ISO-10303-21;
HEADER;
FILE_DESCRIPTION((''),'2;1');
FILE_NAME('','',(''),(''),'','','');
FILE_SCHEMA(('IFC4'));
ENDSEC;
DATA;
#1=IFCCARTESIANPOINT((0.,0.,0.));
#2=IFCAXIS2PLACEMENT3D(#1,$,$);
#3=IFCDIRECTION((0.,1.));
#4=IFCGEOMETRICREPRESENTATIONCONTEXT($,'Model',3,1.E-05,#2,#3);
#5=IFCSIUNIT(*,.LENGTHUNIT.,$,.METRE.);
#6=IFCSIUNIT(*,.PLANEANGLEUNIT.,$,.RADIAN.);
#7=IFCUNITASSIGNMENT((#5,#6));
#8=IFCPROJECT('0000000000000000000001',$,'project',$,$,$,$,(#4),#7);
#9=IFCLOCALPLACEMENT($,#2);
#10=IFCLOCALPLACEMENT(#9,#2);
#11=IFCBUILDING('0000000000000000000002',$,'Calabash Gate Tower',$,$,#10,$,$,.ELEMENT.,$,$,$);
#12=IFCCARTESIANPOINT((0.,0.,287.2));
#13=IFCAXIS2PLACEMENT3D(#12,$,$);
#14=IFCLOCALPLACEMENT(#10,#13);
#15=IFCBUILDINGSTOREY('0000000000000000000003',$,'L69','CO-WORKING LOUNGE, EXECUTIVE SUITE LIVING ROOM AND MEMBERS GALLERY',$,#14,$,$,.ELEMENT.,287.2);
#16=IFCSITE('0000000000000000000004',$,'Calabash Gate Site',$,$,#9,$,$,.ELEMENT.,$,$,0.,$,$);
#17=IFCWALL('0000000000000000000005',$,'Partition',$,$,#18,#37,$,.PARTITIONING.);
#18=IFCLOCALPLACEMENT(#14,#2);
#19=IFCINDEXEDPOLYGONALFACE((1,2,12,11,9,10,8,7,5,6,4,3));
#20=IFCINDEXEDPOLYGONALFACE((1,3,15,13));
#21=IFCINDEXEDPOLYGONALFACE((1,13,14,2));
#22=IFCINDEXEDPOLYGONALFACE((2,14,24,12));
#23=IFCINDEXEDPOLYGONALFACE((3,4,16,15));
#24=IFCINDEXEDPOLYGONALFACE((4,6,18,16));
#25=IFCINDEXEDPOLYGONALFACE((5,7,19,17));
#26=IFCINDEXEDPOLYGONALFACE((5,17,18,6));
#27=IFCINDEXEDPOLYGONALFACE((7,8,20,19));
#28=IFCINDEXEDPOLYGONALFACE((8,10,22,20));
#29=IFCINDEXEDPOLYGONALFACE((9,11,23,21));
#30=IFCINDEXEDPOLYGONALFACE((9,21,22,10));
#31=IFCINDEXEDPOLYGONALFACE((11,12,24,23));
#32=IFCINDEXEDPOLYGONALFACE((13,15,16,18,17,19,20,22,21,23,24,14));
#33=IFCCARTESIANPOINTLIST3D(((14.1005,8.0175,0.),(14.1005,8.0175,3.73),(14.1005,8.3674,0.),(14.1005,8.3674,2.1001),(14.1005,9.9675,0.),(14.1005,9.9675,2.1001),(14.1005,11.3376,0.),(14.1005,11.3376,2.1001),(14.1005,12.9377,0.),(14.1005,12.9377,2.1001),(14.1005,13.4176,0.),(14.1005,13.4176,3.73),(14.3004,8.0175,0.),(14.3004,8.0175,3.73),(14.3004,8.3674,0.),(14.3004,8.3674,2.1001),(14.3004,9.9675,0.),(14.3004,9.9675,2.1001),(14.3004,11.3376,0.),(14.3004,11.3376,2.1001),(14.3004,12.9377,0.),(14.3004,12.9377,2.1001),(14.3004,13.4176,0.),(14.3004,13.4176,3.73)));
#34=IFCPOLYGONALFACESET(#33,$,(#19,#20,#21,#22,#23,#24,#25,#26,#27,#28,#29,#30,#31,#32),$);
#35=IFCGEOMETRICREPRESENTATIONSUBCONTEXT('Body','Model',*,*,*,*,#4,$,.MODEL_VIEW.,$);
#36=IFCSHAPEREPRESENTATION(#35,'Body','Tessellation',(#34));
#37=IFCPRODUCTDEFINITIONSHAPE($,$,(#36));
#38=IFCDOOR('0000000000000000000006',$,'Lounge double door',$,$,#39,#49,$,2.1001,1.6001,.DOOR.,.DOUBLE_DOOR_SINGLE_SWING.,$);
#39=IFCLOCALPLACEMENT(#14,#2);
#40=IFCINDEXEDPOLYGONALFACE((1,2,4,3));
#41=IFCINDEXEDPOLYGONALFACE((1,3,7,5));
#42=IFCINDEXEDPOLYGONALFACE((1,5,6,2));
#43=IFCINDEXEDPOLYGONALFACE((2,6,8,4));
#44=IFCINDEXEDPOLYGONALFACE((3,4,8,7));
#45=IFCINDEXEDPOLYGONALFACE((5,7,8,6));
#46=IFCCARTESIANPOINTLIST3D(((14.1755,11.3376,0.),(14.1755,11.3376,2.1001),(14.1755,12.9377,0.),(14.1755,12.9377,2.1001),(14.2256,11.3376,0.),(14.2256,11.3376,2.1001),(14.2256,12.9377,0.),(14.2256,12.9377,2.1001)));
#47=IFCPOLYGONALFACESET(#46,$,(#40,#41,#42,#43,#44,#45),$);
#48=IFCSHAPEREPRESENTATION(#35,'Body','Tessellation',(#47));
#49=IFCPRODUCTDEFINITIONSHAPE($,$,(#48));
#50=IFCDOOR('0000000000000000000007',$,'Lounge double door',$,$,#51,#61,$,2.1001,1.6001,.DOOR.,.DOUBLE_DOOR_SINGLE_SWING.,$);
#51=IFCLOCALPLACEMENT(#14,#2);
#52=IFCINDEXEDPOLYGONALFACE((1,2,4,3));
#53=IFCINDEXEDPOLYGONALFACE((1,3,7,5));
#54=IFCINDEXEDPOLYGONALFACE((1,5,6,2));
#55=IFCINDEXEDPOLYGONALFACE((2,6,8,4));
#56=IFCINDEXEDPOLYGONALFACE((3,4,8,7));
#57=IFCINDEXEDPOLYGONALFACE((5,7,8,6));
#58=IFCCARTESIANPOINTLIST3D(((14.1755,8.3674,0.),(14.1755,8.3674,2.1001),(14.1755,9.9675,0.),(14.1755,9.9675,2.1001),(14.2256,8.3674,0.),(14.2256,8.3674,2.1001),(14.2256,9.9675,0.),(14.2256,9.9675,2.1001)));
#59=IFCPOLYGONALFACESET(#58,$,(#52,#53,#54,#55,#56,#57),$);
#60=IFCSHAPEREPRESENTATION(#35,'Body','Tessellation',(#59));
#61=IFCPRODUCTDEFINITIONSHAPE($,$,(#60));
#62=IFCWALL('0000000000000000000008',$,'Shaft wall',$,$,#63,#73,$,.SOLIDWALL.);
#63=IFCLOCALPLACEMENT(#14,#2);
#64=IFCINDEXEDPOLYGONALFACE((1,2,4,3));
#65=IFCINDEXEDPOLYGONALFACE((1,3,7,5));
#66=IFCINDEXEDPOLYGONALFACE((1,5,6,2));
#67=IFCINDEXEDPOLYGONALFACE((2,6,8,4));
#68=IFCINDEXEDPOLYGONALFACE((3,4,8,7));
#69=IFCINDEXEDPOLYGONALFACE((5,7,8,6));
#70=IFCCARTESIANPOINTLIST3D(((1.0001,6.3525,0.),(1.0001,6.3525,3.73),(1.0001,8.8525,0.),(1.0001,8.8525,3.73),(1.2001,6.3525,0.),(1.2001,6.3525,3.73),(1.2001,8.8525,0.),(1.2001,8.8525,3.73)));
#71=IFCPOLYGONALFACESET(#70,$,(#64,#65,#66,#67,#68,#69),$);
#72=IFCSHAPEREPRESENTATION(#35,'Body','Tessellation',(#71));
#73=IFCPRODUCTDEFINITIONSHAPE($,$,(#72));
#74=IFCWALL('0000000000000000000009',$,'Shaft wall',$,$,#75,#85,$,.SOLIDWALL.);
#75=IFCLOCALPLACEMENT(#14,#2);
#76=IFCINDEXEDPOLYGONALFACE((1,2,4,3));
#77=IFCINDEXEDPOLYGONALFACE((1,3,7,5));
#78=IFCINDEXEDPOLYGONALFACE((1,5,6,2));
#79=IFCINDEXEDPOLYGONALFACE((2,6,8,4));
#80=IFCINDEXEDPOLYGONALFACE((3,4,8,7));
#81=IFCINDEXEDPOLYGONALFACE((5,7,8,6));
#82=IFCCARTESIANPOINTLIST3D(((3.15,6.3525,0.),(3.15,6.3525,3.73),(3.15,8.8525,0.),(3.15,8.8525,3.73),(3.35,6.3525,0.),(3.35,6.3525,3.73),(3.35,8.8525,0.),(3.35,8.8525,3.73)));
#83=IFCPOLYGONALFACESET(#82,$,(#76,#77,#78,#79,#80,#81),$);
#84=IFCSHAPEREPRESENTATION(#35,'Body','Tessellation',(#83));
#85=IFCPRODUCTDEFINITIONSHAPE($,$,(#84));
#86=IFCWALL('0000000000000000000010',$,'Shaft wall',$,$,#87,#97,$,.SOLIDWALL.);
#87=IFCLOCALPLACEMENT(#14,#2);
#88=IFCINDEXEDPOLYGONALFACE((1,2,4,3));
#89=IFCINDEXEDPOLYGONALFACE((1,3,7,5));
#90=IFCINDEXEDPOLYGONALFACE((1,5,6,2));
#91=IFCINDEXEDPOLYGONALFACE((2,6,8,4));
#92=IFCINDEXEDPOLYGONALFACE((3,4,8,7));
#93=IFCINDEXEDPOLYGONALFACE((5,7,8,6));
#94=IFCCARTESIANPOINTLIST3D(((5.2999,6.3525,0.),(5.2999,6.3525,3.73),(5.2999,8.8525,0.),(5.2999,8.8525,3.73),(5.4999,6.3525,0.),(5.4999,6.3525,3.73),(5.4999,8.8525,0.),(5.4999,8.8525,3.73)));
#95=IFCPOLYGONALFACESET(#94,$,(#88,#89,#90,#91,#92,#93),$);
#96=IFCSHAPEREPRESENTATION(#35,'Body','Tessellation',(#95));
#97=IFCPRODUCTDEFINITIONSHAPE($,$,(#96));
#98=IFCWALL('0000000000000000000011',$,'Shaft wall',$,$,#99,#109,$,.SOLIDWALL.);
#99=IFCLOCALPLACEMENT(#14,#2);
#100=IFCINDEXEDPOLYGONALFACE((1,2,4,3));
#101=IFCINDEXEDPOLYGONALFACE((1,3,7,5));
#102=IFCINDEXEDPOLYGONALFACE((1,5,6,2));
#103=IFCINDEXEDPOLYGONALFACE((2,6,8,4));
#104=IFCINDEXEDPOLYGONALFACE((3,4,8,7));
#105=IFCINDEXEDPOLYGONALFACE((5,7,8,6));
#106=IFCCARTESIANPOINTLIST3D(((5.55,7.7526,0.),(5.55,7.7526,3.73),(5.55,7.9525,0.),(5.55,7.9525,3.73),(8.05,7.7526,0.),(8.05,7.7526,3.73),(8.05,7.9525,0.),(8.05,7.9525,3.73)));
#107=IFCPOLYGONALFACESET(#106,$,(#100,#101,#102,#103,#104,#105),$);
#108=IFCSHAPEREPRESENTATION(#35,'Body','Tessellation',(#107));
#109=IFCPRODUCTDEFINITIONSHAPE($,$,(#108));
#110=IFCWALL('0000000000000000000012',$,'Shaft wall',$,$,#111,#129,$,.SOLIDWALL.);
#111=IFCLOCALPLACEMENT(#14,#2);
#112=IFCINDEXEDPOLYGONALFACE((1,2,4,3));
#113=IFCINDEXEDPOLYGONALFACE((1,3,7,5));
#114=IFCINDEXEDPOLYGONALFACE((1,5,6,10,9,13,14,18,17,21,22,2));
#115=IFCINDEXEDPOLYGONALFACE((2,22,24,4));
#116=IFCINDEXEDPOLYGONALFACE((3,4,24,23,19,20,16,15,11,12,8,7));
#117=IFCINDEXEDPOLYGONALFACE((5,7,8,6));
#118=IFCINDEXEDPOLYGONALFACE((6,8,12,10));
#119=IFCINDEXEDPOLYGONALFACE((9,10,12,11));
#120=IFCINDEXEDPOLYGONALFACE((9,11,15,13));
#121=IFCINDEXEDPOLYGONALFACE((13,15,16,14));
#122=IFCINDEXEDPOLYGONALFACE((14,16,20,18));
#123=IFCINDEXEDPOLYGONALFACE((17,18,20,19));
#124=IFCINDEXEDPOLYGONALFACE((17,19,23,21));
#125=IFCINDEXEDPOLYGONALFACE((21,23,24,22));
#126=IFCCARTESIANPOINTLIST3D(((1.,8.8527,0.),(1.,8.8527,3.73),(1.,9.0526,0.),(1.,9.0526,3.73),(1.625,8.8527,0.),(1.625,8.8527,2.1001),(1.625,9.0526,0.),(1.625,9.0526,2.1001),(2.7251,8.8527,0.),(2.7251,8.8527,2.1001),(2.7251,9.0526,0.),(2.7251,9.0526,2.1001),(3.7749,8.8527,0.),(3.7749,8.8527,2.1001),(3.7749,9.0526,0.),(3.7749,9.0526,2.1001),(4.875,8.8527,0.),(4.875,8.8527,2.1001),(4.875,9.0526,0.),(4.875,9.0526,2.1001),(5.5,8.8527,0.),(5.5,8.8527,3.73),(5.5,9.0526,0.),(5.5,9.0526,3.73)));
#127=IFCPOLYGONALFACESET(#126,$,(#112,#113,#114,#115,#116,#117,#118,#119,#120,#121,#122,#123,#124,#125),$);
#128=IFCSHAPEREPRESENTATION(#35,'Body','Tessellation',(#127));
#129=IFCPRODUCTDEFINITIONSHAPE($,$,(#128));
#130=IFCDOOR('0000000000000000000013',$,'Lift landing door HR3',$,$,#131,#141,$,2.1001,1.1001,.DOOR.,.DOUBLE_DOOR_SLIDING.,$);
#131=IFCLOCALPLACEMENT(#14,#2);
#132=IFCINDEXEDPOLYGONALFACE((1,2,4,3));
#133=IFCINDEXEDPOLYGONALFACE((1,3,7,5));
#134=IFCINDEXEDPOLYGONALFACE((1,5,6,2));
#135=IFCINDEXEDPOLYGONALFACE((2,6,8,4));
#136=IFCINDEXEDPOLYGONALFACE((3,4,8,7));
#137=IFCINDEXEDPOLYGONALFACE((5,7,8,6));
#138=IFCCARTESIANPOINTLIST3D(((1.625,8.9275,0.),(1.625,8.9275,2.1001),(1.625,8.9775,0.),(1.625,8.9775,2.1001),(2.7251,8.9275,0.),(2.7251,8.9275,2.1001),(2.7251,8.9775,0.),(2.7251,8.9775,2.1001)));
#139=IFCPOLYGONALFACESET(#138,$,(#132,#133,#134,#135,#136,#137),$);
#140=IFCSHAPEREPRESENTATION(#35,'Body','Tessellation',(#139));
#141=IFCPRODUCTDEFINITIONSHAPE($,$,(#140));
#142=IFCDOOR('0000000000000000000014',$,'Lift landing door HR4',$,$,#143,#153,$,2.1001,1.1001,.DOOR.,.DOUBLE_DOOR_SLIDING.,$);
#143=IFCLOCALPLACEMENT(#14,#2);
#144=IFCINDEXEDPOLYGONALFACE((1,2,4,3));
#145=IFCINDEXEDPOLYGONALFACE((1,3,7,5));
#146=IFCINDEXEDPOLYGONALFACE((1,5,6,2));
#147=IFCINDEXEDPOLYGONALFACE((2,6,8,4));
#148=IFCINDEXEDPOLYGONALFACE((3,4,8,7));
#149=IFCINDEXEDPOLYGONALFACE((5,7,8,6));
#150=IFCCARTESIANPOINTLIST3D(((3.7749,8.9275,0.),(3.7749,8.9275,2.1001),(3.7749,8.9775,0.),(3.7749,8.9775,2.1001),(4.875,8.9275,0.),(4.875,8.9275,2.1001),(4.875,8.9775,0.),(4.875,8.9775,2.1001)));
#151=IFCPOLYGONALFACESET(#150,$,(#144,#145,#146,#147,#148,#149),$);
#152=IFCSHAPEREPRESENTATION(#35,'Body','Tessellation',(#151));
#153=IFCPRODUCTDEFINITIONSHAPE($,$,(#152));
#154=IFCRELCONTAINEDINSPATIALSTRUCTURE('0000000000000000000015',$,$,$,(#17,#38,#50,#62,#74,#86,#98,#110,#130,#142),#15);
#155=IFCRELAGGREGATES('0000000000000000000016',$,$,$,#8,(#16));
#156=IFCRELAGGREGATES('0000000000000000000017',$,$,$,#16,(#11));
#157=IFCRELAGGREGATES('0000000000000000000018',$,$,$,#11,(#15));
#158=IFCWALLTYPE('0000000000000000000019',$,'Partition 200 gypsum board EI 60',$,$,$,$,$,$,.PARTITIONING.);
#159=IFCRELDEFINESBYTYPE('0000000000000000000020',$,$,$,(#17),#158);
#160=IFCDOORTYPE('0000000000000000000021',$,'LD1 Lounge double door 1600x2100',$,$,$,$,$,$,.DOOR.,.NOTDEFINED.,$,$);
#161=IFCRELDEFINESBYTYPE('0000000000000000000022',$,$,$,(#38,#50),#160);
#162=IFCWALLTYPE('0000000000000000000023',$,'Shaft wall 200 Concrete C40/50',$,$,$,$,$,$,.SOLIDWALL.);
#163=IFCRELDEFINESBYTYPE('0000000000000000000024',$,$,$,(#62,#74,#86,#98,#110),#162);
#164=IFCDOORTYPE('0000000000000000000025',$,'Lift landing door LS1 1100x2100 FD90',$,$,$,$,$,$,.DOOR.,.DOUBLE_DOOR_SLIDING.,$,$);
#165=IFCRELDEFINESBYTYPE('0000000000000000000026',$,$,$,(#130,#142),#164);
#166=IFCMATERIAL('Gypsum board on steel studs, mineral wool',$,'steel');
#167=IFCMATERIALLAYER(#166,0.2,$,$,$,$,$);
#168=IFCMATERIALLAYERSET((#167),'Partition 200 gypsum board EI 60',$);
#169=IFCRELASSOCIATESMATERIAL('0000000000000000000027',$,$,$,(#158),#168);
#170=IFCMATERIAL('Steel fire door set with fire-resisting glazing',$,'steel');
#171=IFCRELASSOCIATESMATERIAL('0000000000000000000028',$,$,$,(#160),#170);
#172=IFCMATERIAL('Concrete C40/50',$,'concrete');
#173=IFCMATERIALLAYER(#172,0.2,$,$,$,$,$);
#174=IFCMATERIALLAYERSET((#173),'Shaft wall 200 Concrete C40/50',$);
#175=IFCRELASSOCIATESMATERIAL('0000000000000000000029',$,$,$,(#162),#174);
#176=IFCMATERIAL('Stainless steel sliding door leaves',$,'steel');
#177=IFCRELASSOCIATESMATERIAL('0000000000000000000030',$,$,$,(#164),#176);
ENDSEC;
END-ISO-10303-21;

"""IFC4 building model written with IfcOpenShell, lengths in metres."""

from ifc_helpers import new_model, si_unit, direction, frame, frame_2d, origin, place, context, subcontext, project, spatial, rectangle, extrude, material, layer, layer_set, type_object, element, fill, save


model = new_model("IFC4")

# Units and contexts
model_context = context("Model", 3, precision=1e-05, world=origin(), true_north=direction((0.0, 1.0)))
body_context = subcontext(model_context, "Body", "Model", "MODEL_VIEW")
ifc_project = project(units=[si_unit("LENGTHUNIT", "METRE"), si_unit("PLANEANGLEUNIT", "RADIAN")], contexts=[model_context])

# Site, building, storey
site_placement = place(None, origin())
site = spatial("IfcSite", under=ifc_project, at=site_placement, Name="Calabash Gate Site", CompositionType="ELEMENT", RefElevation=0.0)
building_placement = place(site_placement, origin())
building = spatial("IfcBuilding", under=site, at=building_placement, Name="Calabash Gate Tower", CompositionType="ELEMENT")
storey_placement = place(building_placement, frame((0.0, 0.0, 287.2)))
storey = spatial("IfcBuildingStorey", under=building, at=storey_placement, Name="L69", Description="CO-WORKING LOUNGE, EXECUTIVE SUITE LIVING ROOM AND MEMBERS GALLERY", CompositionType="ELEMENT", Elevation=287.2)

# Shared definitions
ifc_material_1 = material(Name="Gypsum board on steel studs, mineral wool", Category="steel")
ifc_layer_1 = layer(ifc_material_1, 0.2)
ifc_layer_set_1 = layer_set([ifc_layer_1], Name="Partition 200 gypsum board EI 60")
wall_type_1 = type_object("IfcWallType", Name="Partition 200 gypsum board EI 60", PredefinedType="PARTITIONING", material=ifc_layer_set_1)

# Wall, openings, doors
wall_1_placement = place(storey_placement, frame((14.2004, 8.0173, 0.0), z_axis=(0.0, 0.0, 1.0), x_axis=(0.0, 1.0, 0.0)))
wall_1 = element("IfcWall", 1, at=wall_1_placement, inside=storey, type_object=wall_type_1, Name="Partition", PredefinedType="PARTITIONING", context=body_context, shape_type="SweptSolid", body=[
    extrude(rectangle(XDim=5.4001, YDim=0.2, at=frame_2d((2.7002, 0.0))), origin(), (0.0, 0.0, 1.0), 3.73),
])
opening_1_placement = place(wall_1_placement, frame((3.3203, 0.0, 0.0)))
opening_1 = element("IfcOpeningElement", 2, at=opening_1_placement, cuts=wall_1, PredefinedType="OPENING", context=body_context, shape_type="SweptSolid", body=[
    extrude(rectangle(XDim=1.6001, YDim=2.1001, at=frame_2d((0.8, 1.05))), frame((0.0, 0.1099, 0.0), z_axis=(0.0, -1.0, 0.0), x_axis=(1.0, 0.0, 0.0)), (0.0, 0.0, 1.0), 0.22),
])
opening_2_placement = place(wall_1_placement, frame((0.3501, 0.0, 0.0)))
opening_2 = element("IfcOpeningElement", 3, at=opening_2_placement, cuts=wall_1, PredefinedType="OPENING", context=body_context, shape_type="SweptSolid", body=[
    extrude(rectangle(XDim=1.6001, YDim=2.1001, at=frame_2d((0.8, 1.05))), frame((0.0, 0.1099, 0.0), z_axis=(0.0, -1.0, 0.0), x_axis=(1.0, 0.0, 0.0)), (0.0, 0.0, 1.0), 0.22),
])
ifc_material_2 = material(Name="Steel fire door set with fire-resisting glazing", Category="steel")
door_type_1 = type_object("IfcDoorType", Name="LD1 Lounge double door 1600x2100", OperationType="NOTDEFINED", PredefinedType="DOOR", material=ifc_material_2)
door_1_placement = place(opening_1_placement, origin())
door_1 = element("IfcDoor", 4, at=door_1_placement, inside=storey, type_object=door_type_1, Name="Lounge double door", OperationType="DOUBLE_DOOR_SINGLE_SWING", OverallHeight=2.1001, OverallWidth=1.6001, PredefinedType="DOOR", context=body_context, shape_type="SweptSolid", body=[
    extrude(rectangle(XDim=1.6001, YDim=2.1001, at=frame_2d((0.8, 1.05))), frame((0.0, 0.0249, 0.0), z_axis=(0.0, -1.0, 0.0), x_axis=(1.0, 0.0, 0.0)), (0.0, 0.0, 1.0), 0.05),
])
fill(opening_1, door_1)
door_2_placement = place(opening_2_placement, origin())
door_2 = element("IfcDoor", 5, at=door_2_placement, inside=storey, type_object=door_type_1, Name="Lounge double door", OperationType="DOUBLE_DOOR_SINGLE_SWING", OverallHeight=2.1001, OverallWidth=1.6001, PredefinedType="DOOR", context=body_context, shape_type="SweptSolid", body=[
    extrude(rectangle(XDim=1.6001, YDim=2.1001, at=frame_2d((0.8, 1.05))), frame((0.0, 0.0249, 0.0), z_axis=(0.0, -1.0, 0.0), x_axis=(1.0, 0.0, 0.0)), (0.0, 0.0, 1.0), 0.05),
])
fill(opening_2, door_2)

# Walls
ifc_material_3 = material(Name="Concrete C40/50", Category="concrete")
ifc_layer_2 = layer(ifc_material_3, 0.2)
ifc_layer_set_2 = layer_set([ifc_layer_2], Name="Shaft wall 200 Concrete C40/50")
wall_type_2 = type_object("IfcWallType", Name="Shaft wall 200 Concrete C40/50", PredefinedType="SOLIDWALL", material=ifc_layer_set_2)
for number, where, z_axis, x_axis, name in (
    (6, (1.1001, 6.3525, 0.0), (0.0, 0.0, 1.0), (0.0, 1.0, 0.0), "Shaft wall"),
    (7, (3.25, 6.3525, 0.0), (0.0, 0.0, 1.0), (0.0, 1.0, 0.0), "Shaft wall"),
    (8, (5.3999, 6.3525, 0.0), (0.0, 0.0, 1.0), (0.0, 1.0, 0.0), "Shaft wall"),
    (9, (5.55, 7.8525, 0.0), (0.0, 0.0, 1.0), (1.0, 0.0, 0.0), "Shaft wall"),
):
    element("IfcWall", number, at=place(storey_placement, frame(where, z_axis=z_axis, x_axis=x_axis)), inside=storey, type_object=wall_type_2, Name=name, PredefinedType="SOLIDWALL", context=body_context, shape_type="SweptSolid", body=[
        extrude(rectangle(XDim=2.5, YDim=0.2, at=frame_2d((1.25, 0.0))), origin(), (0.0, 0.0, 1.0), 3.73),
    ])

# Wall, openings, doors
wall_2_placement = place(storey_placement, frame((1.0, 8.9526, 0.0), z_axis=(0.0, 0.0, 1.0), x_axis=(1.0, 0.0, 0.0)))
wall_2 = element("IfcWall", 10, at=wall_2_placement, inside=storey, type_object=wall_type_2, Name="Shaft wall", PredefinedType="SOLIDWALL", context=body_context, shape_type="SweptSolid", body=[
    extrude(rectangle(XDim=4.5, YDim=0.2, at=frame_2d((2.25, 0.0))), origin(), (0.0, 0.0, 1.0), 3.73),
])
opening_3_placement = place(wall_2_placement, frame((0.625, 0.0, 0.0)))
opening_3 = element("IfcOpeningElement", 11, at=opening_3_placement, cuts=wall_2, PredefinedType="OPENING", context=body_context, shape_type="SweptSolid", body=[
    extrude(rectangle(XDim=1.1001, YDim=2.1001, at=frame_2d((0.55, 1.05))), frame((0.0, 0.1099, 0.0), z_axis=(0.0, -1.0, 0.0), x_axis=(1.0, 0.0, 0.0)), (0.0, 0.0, 1.0), 0.22),
])
opening_4_placement = place(wall_2_placement, frame((2.7749, 0.0, 0.0)))
opening_4 = element("IfcOpeningElement", 12, at=opening_4_placement, cuts=wall_2, PredefinedType="OPENING", context=body_context, shape_type="SweptSolid", body=[
    extrude(rectangle(XDim=1.1001, YDim=2.1001, at=frame_2d((0.55, 1.05))), frame((0.0, 0.1099, 0.0), z_axis=(0.0, -1.0, 0.0), x_axis=(1.0, 0.0, 0.0)), (0.0, 0.0, 1.0), 0.22),
])
ifc_material_4 = material(Name="Stainless steel sliding door leaves", Category="steel")
door_type_2 = type_object("IfcDoorType", Name="Lift landing door LS1 1100x2100 FD90", OperationType="DOUBLE_DOOR_SLIDING", PredefinedType="DOOR", material=ifc_material_4)
door_3_placement = place(opening_3_placement, origin())
door_3 = element("IfcDoor", 13, at=door_3_placement, inside=storey, type_object=door_type_2, Name="Lift landing door HR3", OperationType="DOUBLE_DOOR_SLIDING", OverallHeight=2.1001, OverallWidth=1.1001, PredefinedType="DOOR", context=body_context, shape_type="SweptSolid", body=[
    extrude(rectangle(XDim=1.1001, YDim=2.1001, at=frame_2d((0.55, 1.05))), frame((0.0, 0.0249, 0.0), z_axis=(0.0, -1.0, 0.0), x_axis=(1.0, 0.0, 0.0)), (0.0, 0.0, 1.0), 0.05),
])
fill(opening_3, door_3)
door_4_placement = place(opening_4_placement, origin())
door_4 = element("IfcDoor", 14, at=door_4_placement, inside=storey, type_object=door_type_2, Name="Lift landing door HR4", OperationType="DOUBLE_DOOR_SLIDING", OverallHeight=2.1001, OverallWidth=1.1001, PredefinedType="DOOR", context=body_context, shape_type="SweptSolid", body=[
    extrude(rectangle(XDim=1.1001, YDim=2.1001, at=frame_2d((0.55, 1.05))), frame((0.0, 0.0249, 0.0), z_axis=(0.0, -1.0, 0.0), x_axis=(1.0, 0.0, 0.0)), (0.0, 0.0, 1.0), 0.05),
])
fill(opening_4, door_4)

save(model, "model.ifc")
